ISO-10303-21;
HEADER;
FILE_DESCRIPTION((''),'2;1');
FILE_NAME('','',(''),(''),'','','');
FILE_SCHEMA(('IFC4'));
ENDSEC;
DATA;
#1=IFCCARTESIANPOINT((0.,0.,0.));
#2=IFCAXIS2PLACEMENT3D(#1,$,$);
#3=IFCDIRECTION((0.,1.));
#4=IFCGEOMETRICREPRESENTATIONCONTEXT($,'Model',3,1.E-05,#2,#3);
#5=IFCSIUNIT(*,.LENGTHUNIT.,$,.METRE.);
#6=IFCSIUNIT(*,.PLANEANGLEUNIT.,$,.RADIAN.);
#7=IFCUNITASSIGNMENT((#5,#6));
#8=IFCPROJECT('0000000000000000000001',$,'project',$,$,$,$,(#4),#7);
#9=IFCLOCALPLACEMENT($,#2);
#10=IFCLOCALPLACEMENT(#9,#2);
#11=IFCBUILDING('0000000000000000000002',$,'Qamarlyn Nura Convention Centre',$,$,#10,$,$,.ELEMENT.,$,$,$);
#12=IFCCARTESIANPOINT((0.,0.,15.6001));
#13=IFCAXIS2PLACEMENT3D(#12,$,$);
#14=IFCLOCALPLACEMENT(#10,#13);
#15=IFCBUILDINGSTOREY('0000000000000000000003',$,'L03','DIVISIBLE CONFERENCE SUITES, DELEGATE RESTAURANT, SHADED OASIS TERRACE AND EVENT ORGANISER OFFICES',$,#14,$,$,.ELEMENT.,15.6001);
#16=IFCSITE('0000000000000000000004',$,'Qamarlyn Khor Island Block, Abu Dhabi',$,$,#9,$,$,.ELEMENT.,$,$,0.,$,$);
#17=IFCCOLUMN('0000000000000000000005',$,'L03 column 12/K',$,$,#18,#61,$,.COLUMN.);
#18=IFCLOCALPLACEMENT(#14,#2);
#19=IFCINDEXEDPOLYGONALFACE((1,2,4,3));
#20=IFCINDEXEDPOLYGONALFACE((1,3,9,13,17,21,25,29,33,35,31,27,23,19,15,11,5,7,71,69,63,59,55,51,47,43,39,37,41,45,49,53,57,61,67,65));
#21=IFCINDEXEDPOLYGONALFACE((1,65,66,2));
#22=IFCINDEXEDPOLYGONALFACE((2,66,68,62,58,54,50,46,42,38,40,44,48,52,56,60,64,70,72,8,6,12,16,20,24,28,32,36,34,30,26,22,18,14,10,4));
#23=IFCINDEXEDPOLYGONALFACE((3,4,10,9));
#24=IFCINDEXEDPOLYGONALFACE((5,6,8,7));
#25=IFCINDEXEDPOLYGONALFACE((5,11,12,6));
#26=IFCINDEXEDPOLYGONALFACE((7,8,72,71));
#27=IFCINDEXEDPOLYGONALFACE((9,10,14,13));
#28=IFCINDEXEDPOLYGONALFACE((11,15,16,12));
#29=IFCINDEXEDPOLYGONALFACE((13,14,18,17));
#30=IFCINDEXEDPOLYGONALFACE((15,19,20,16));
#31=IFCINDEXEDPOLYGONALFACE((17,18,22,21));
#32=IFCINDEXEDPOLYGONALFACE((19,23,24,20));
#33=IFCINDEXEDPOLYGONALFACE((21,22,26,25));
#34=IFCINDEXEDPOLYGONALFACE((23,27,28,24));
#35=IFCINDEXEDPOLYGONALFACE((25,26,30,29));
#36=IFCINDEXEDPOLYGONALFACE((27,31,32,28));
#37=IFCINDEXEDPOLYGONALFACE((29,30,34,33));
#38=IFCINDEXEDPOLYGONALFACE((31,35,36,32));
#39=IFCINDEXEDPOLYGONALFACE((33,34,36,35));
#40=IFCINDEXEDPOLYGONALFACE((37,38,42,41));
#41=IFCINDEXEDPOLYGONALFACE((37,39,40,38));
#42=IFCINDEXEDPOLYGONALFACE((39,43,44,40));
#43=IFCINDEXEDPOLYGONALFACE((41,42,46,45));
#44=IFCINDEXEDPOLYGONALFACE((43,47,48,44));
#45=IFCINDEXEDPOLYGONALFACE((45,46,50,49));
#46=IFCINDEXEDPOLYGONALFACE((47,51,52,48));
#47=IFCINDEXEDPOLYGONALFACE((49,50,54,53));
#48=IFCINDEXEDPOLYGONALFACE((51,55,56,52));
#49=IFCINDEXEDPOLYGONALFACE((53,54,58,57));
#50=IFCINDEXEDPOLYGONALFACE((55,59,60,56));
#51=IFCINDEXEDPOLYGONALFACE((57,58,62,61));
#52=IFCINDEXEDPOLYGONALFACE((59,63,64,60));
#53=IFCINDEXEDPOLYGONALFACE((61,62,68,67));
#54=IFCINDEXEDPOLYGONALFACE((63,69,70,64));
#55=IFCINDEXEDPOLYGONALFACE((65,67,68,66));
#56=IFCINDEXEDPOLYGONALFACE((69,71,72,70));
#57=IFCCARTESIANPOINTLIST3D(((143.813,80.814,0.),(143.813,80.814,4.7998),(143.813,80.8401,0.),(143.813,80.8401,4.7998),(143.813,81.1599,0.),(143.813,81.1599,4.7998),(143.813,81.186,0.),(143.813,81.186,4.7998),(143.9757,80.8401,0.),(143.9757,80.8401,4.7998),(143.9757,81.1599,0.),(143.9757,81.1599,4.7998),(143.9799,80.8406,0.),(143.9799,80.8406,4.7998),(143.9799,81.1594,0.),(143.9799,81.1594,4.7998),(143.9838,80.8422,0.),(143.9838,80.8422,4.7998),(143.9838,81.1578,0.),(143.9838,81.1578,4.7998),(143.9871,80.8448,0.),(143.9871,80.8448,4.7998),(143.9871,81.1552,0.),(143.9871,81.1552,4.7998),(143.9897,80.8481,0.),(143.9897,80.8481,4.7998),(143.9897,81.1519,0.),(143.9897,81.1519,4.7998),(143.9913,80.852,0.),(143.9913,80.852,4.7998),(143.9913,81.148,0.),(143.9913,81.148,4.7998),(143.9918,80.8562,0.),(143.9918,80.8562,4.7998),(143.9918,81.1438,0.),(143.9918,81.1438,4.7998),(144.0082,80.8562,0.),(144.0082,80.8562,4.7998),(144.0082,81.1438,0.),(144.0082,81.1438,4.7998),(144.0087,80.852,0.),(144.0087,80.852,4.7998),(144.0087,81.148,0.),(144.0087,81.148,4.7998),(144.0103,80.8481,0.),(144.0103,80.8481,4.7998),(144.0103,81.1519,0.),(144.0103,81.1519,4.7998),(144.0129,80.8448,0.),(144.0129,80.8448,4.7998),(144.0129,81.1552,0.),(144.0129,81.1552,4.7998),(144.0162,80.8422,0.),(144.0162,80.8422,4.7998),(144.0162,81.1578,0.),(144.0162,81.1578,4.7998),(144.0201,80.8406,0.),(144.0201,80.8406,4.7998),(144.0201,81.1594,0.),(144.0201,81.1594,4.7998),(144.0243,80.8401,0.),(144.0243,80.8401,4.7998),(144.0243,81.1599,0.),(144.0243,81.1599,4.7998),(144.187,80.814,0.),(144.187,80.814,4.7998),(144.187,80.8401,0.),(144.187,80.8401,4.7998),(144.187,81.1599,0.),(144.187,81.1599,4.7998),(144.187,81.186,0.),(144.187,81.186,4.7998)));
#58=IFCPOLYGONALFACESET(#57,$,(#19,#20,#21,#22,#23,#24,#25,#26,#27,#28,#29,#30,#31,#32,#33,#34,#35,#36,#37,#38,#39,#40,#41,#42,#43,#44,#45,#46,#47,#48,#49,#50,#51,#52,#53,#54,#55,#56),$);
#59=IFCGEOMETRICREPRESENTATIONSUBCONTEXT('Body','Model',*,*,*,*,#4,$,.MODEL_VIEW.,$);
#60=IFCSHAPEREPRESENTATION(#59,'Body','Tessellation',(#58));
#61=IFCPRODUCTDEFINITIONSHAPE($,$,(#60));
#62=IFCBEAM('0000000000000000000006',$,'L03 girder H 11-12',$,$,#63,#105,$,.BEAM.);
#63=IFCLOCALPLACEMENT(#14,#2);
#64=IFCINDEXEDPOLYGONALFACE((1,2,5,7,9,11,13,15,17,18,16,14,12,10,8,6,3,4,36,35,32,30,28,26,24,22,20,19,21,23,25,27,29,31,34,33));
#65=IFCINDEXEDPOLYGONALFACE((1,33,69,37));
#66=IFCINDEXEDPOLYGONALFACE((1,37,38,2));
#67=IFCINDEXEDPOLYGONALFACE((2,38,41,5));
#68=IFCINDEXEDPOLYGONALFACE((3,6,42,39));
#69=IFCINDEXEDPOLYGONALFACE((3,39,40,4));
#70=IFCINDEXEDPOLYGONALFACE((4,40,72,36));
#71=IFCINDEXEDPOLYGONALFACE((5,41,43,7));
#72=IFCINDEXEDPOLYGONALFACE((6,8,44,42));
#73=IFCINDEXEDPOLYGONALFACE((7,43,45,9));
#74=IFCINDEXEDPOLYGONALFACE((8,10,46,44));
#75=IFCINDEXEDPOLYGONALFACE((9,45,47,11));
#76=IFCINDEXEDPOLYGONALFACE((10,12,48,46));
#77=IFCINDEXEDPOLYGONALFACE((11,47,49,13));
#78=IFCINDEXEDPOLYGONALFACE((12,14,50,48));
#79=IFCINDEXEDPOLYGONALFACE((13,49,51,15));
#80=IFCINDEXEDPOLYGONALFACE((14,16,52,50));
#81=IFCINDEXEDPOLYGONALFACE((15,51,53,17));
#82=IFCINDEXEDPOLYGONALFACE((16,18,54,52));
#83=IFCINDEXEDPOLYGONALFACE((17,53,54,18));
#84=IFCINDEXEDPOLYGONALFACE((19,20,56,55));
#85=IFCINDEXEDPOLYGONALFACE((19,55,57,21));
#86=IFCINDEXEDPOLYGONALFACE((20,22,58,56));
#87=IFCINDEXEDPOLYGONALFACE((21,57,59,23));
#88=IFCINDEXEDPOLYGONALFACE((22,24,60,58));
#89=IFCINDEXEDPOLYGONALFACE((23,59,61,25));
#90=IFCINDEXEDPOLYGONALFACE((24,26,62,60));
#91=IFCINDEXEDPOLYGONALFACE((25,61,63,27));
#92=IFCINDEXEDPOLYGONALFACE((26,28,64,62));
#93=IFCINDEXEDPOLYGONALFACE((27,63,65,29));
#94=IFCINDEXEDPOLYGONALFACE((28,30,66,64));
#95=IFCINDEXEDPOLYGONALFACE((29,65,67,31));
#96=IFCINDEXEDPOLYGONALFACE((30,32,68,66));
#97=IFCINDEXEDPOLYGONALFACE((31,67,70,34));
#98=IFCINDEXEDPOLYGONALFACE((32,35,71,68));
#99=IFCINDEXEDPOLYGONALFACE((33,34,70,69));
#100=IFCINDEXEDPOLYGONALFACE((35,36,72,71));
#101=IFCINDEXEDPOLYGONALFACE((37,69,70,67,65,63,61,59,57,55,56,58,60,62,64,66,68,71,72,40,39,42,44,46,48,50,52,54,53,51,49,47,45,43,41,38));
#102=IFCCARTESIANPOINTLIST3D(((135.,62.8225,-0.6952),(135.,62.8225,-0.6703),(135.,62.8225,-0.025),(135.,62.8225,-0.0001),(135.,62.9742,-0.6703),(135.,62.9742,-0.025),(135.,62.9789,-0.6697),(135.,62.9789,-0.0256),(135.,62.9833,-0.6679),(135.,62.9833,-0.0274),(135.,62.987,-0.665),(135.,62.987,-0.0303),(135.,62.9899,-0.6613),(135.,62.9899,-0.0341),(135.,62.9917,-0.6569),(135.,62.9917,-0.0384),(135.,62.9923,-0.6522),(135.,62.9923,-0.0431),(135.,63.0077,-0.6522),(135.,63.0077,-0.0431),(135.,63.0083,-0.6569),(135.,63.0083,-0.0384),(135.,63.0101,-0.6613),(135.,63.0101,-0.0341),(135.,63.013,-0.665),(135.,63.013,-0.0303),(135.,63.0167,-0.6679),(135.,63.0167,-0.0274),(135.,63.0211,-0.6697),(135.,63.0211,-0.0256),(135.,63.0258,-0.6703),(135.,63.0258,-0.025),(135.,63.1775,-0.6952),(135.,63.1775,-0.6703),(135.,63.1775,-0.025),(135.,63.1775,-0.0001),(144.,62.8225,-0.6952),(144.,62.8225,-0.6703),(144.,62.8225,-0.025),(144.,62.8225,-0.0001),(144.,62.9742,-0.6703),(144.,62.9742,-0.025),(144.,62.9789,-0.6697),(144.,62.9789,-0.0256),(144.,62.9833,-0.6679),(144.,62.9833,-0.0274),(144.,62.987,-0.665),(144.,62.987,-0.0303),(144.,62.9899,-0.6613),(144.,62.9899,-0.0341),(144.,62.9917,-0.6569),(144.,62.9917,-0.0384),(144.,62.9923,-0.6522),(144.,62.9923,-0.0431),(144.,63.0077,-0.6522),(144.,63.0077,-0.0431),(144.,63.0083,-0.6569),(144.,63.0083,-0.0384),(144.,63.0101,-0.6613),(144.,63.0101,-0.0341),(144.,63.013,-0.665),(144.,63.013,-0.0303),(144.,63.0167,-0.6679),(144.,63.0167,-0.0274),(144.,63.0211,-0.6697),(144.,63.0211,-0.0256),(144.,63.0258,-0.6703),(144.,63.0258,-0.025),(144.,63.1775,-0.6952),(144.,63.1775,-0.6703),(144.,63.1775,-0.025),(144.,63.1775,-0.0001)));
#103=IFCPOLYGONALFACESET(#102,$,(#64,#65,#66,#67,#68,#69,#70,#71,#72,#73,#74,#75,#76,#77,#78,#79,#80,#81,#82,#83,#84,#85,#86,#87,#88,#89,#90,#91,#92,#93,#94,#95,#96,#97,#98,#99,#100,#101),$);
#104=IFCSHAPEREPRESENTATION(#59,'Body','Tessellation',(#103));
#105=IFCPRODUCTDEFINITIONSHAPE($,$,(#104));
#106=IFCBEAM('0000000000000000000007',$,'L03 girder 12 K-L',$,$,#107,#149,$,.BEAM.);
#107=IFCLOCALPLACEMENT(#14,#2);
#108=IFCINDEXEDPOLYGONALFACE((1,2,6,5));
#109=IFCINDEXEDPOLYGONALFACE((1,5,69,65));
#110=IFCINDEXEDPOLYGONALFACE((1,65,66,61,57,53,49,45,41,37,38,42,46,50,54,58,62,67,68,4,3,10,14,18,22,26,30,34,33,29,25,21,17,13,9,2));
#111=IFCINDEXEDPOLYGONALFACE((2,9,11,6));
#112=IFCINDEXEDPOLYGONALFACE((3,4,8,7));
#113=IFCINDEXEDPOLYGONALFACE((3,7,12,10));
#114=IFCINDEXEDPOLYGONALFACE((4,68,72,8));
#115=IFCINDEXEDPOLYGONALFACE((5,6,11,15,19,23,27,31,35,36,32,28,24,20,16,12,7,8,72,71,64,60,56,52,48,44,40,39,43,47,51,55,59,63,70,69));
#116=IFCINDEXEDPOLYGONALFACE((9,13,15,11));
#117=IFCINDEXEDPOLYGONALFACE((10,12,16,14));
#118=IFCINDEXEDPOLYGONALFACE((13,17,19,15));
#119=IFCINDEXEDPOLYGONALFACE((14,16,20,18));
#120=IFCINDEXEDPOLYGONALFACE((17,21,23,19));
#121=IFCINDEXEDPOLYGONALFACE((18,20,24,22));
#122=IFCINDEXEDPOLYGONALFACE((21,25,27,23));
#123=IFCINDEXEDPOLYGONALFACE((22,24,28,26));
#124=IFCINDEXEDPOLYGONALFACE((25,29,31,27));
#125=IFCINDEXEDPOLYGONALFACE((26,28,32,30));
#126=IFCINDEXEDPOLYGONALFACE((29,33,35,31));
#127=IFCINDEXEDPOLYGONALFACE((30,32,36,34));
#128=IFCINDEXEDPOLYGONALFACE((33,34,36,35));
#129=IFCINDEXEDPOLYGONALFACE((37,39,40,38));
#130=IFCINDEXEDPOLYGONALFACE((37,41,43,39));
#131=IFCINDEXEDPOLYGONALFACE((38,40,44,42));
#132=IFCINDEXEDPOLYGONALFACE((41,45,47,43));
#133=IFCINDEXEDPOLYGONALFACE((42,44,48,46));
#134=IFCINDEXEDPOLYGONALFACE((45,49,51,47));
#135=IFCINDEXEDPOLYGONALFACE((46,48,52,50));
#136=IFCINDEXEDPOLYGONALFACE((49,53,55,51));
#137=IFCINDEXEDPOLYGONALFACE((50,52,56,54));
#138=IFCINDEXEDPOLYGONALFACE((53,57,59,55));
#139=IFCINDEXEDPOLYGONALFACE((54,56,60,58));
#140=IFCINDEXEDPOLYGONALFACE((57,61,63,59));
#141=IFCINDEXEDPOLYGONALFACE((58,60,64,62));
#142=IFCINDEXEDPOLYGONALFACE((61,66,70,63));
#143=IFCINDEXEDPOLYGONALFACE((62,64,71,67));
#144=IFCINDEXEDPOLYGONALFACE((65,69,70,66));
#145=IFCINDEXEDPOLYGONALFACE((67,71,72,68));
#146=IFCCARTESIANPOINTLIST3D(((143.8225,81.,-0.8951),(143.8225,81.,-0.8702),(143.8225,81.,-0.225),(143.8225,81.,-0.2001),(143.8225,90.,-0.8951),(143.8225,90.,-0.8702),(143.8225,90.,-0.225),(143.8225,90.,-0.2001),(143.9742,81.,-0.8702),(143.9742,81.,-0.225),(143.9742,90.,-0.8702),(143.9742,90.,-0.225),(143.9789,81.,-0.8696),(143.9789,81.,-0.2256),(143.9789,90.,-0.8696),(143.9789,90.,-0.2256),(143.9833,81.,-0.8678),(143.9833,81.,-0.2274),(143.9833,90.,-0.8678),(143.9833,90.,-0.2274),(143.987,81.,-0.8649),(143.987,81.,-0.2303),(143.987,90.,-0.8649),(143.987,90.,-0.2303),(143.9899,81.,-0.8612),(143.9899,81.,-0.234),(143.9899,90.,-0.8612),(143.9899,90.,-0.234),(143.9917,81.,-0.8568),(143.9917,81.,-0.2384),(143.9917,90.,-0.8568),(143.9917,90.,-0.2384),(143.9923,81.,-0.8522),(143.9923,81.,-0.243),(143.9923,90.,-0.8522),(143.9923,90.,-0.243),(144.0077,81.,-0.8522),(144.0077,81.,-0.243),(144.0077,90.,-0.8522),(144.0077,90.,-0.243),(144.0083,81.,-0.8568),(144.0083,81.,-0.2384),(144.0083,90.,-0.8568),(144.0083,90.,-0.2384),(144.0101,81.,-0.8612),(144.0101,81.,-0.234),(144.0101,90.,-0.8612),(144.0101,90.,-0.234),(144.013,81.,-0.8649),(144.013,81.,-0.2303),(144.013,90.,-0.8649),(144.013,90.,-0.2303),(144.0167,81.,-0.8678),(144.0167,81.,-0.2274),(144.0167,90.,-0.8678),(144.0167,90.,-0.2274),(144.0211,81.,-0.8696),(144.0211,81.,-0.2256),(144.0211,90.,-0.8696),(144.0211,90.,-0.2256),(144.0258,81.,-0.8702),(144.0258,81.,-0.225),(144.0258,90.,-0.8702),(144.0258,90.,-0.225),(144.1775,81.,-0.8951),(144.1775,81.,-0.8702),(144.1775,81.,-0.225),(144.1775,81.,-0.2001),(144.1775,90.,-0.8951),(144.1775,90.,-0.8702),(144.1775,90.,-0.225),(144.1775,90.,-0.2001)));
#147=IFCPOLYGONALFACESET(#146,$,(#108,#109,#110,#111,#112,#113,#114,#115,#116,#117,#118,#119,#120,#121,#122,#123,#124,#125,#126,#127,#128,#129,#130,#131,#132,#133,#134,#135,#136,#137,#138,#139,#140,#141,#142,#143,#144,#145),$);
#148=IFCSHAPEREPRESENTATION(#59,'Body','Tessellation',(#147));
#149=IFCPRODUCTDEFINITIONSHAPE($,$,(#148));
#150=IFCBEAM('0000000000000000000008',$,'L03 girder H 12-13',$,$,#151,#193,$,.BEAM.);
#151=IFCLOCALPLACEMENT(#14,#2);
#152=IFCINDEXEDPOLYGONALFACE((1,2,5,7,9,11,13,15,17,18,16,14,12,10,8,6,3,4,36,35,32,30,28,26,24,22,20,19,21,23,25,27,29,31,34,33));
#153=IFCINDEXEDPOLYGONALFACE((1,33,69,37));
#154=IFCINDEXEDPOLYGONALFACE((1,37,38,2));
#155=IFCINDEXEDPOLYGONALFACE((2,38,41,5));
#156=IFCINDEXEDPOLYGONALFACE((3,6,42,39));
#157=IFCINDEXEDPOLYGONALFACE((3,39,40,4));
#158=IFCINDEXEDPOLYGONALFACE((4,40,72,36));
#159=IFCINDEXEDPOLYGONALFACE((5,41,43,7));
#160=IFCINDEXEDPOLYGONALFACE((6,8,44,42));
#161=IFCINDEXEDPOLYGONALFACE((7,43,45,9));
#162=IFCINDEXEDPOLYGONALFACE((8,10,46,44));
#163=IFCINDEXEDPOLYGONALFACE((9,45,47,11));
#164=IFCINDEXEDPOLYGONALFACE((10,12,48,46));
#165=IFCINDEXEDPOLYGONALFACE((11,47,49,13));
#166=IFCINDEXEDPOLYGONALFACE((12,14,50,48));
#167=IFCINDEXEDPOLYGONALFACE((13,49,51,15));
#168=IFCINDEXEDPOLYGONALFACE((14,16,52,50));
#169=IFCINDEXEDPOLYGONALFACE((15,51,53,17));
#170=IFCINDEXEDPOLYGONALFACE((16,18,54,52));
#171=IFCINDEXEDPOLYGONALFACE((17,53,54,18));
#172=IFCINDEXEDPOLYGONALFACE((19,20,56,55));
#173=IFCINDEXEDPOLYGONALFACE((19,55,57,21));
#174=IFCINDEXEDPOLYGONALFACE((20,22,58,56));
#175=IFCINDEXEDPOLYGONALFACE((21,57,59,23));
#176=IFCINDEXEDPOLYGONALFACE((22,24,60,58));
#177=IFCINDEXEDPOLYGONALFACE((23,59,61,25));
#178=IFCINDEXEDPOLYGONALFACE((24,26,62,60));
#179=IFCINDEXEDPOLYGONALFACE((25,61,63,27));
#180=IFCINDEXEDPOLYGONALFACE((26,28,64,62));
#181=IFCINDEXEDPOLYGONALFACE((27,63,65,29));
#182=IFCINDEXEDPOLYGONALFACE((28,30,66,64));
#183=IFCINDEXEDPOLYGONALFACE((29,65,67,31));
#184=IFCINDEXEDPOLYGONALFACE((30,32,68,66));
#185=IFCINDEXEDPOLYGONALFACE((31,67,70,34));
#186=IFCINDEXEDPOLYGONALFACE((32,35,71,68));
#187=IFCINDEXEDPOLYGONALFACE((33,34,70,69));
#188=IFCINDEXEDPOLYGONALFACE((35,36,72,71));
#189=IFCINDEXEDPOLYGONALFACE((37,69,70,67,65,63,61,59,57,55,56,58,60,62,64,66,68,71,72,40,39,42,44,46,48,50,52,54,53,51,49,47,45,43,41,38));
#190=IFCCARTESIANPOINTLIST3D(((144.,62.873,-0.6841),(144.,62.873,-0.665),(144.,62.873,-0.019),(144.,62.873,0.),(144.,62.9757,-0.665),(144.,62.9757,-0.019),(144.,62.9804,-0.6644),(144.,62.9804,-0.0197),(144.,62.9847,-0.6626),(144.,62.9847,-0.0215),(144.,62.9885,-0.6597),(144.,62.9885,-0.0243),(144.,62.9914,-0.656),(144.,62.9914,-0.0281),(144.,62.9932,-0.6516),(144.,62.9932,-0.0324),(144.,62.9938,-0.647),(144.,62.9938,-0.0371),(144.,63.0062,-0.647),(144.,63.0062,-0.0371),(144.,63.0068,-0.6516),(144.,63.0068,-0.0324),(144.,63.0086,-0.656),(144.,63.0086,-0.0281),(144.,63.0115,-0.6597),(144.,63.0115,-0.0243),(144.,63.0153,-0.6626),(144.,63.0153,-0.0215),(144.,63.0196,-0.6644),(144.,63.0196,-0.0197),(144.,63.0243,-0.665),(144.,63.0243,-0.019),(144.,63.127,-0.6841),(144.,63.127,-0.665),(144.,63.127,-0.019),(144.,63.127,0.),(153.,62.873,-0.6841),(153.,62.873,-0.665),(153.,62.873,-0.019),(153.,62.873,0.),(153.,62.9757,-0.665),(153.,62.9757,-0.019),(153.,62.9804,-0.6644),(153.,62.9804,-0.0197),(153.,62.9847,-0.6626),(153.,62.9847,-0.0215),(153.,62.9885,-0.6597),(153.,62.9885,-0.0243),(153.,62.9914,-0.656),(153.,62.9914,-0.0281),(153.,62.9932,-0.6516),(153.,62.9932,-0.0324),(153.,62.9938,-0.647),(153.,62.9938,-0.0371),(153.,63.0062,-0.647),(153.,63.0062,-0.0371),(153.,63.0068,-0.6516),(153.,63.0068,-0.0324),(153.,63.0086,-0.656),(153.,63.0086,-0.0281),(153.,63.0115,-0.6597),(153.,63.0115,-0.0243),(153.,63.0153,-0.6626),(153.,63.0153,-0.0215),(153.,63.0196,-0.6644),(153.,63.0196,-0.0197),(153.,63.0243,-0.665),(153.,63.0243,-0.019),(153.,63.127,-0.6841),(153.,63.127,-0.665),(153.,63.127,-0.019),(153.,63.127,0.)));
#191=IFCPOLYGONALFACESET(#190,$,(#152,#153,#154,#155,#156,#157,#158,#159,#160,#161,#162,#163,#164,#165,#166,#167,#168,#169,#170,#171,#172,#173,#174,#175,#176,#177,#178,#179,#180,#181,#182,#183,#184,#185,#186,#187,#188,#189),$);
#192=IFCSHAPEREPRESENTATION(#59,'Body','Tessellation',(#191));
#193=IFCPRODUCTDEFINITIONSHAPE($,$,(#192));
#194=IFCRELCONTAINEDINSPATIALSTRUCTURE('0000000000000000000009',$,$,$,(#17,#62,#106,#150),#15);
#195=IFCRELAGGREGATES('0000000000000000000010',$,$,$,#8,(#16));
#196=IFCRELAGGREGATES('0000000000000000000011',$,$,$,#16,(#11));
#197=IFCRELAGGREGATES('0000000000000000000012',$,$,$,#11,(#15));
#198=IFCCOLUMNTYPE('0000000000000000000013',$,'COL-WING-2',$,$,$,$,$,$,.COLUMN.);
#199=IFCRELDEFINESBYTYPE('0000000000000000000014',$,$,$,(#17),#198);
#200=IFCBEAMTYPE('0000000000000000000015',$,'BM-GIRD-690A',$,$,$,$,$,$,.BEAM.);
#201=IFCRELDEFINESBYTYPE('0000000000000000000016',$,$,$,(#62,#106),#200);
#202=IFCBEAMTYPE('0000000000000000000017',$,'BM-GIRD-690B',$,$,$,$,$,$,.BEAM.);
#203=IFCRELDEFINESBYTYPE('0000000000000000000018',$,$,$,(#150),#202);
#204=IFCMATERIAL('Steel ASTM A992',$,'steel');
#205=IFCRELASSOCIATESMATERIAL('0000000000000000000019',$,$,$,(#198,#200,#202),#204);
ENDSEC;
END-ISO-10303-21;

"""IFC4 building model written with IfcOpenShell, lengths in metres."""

from ifc_helpers import new_model, si_unit, direction, frame, origin, origin_2d, place, context, subcontext, project, spatial, i_section, extrude, material, material_profile, profile_set, type_object, element, save


model = new_model("IFC4")

# Units and contexts
model_context = context("Model", 3, precision=1e-05, world=origin(), true_north=direction((0.0, 1.0)))
body_context = subcontext(model_context, "Body", "Model", "MODEL_VIEW")
ifc_project = project(units=[si_unit("LENGTHUNIT", "METRE"), si_unit("PLANEANGLEUNIT", "RADIAN")], contexts=[model_context])

# Site, building, storey
site_placement = place(None, origin())
site = spatial("IfcSite", under=ifc_project, at=site_placement, Name="Qamarlyn Khor Island Block, Abu Dhabi", CompositionType="ELEMENT", RefElevation=0.0)
building_placement = place(site_placement, origin())
building = spatial("IfcBuilding", under=site, at=building_placement, Name="Qamarlyn Nura Convention Centre", CompositionType="ELEMENT")
storey_placement = place(building_placement, frame((0.0, 0.0, 15.6001)))
storey = spatial("IfcBuildingStorey", under=building, at=storey_placement, Name="L03", Description="DIVISIBLE CONFERENCE SUITES, DELEGATE RESTAURANT, SHADED OASIS TERRACE AND EVENT ORGANISER OFFICES", CompositionType="ELEMENT", Elevation=15.6001)

# Column
ifc_material_1 = material(Name="Steel ASTM A992", Category="steel")
ifc_material_profile_1 = material_profile(ifc_material_1, i_section(OverallWidth=0.374, OverallDepth=0.3721, WebThickness=0.0164, FlangeThickness=0.0261, FilletRadius=0.0161, at=origin_2d()), Name="W360X196")
ifc_profile_set_1 = profile_set([ifc_material_profile_1], Name="Steel ASTM A992")
column_type = type_object("IfcColumnType", Name="COL-WING-2", PredefinedType="COLUMN", material=ifc_profile_set_1)
column_placement = place(storey_placement, frame((144.0, 81.0, 0.0), z_axis=(0.0, 0.0, 1.0), x_axis=(1.0, 0.0, 0.0)))
element("IfcColumn", 1, at=column_placement, inside=storey, type_object=column_type, Name="L03 column 12/K", PredefinedType="COLUMN", context=body_context, shape_type="SweptSolid", body=[
    extrude(i_section(OverallWidth=0.374, OverallDepth=0.3721, WebThickness=0.0164, FlangeThickness=0.0261, FilletRadius=0.0161, at=origin_2d()), origin(), (0.0, 0.0, 1.0), 4.7998),
])

# Beams
ifc_material_profile_2 = material_profile(ifc_material_1, i_section(OverallWidth=0.355, OverallDepth=0.6951, WebThickness=0.0154, FlangeThickness=0.0249, FilletRadius=0.0181, at=origin_2d()), Name="W690X217")
ifc_profile_set_2 = profile_set([ifc_material_profile_2], Name="Steel ASTM A992")
beam_type_1 = type_object("IfcBeamType", Name="BM-GIRD-690A", PredefinedType="BEAM", material=ifc_profile_set_2)
for number, where, z_axis, x_axis, name in (
    (2, (135.0, 63.0, -0.3477), (1.0, 0.0, 0.0), (0.0, 1.0, 0.0), "L03 girder H 11-12"),
    (3, (144.0, 81.0, -0.5476), (0.0, 1.0, 0.0), (-1.0, 0.0, 0.0), "L03 girder 12 K-L"),
):
    element("IfcBeam", number, at=place(storey_placement, frame(where, z_axis=z_axis, x_axis=x_axis)), inside=storey, type_object=beam_type_1, Name=name, PredefinedType="BEAM", context=body_context, shape_type="SweptSolid", body=[
        extrude(i_section(OverallWidth=0.355, OverallDepth=0.6951, WebThickness=0.0154, FlangeThickness=0.0249, FilletRadius=0.0181, at=origin_2d()), origin(), (0.0, 0.0, 1.0), 9.0),
    ])
ifc_material_profile_3 = material_profile(ifc_material_1, i_section(OverallWidth=0.2539, OverallDepth=0.6841, WebThickness=0.0125, FlangeThickness=0.019, FilletRadius=0.0181, at=origin_2d()), Name="W690X140")
ifc_profile_set_3 = profile_set([ifc_material_profile_3], Name="Steel ASTM A992")
beam_type_2 = type_object("IfcBeamType", Name="BM-GIRD-690B", PredefinedType="BEAM", material=ifc_profile_set_3)
for number, where, z_axis, x_axis, name in (
    (4, (144.0, 63.0, -0.342), (1.0, 0.0, 0.0), (0.0, 1.0, 0.0), "L03 girder H 12-13"),
):
    element("IfcBeam", number, at=place(storey_placement, frame(where, z_axis=z_axis, x_axis=x_axis)), inside=storey, type_object=beam_type_2, Name=name, PredefinedType="BEAM", context=body_context, shape_type="SweptSolid", body=[
        extrude(i_section(OverallWidth=0.2539, OverallDepth=0.6841, WebThickness=0.0125, FlangeThickness=0.019, FilletRadius=0.0181, at=origin_2d()), origin(), (0.0, 0.0, 1.0), 9.0),
    ])

save(model, "model.ifc")
